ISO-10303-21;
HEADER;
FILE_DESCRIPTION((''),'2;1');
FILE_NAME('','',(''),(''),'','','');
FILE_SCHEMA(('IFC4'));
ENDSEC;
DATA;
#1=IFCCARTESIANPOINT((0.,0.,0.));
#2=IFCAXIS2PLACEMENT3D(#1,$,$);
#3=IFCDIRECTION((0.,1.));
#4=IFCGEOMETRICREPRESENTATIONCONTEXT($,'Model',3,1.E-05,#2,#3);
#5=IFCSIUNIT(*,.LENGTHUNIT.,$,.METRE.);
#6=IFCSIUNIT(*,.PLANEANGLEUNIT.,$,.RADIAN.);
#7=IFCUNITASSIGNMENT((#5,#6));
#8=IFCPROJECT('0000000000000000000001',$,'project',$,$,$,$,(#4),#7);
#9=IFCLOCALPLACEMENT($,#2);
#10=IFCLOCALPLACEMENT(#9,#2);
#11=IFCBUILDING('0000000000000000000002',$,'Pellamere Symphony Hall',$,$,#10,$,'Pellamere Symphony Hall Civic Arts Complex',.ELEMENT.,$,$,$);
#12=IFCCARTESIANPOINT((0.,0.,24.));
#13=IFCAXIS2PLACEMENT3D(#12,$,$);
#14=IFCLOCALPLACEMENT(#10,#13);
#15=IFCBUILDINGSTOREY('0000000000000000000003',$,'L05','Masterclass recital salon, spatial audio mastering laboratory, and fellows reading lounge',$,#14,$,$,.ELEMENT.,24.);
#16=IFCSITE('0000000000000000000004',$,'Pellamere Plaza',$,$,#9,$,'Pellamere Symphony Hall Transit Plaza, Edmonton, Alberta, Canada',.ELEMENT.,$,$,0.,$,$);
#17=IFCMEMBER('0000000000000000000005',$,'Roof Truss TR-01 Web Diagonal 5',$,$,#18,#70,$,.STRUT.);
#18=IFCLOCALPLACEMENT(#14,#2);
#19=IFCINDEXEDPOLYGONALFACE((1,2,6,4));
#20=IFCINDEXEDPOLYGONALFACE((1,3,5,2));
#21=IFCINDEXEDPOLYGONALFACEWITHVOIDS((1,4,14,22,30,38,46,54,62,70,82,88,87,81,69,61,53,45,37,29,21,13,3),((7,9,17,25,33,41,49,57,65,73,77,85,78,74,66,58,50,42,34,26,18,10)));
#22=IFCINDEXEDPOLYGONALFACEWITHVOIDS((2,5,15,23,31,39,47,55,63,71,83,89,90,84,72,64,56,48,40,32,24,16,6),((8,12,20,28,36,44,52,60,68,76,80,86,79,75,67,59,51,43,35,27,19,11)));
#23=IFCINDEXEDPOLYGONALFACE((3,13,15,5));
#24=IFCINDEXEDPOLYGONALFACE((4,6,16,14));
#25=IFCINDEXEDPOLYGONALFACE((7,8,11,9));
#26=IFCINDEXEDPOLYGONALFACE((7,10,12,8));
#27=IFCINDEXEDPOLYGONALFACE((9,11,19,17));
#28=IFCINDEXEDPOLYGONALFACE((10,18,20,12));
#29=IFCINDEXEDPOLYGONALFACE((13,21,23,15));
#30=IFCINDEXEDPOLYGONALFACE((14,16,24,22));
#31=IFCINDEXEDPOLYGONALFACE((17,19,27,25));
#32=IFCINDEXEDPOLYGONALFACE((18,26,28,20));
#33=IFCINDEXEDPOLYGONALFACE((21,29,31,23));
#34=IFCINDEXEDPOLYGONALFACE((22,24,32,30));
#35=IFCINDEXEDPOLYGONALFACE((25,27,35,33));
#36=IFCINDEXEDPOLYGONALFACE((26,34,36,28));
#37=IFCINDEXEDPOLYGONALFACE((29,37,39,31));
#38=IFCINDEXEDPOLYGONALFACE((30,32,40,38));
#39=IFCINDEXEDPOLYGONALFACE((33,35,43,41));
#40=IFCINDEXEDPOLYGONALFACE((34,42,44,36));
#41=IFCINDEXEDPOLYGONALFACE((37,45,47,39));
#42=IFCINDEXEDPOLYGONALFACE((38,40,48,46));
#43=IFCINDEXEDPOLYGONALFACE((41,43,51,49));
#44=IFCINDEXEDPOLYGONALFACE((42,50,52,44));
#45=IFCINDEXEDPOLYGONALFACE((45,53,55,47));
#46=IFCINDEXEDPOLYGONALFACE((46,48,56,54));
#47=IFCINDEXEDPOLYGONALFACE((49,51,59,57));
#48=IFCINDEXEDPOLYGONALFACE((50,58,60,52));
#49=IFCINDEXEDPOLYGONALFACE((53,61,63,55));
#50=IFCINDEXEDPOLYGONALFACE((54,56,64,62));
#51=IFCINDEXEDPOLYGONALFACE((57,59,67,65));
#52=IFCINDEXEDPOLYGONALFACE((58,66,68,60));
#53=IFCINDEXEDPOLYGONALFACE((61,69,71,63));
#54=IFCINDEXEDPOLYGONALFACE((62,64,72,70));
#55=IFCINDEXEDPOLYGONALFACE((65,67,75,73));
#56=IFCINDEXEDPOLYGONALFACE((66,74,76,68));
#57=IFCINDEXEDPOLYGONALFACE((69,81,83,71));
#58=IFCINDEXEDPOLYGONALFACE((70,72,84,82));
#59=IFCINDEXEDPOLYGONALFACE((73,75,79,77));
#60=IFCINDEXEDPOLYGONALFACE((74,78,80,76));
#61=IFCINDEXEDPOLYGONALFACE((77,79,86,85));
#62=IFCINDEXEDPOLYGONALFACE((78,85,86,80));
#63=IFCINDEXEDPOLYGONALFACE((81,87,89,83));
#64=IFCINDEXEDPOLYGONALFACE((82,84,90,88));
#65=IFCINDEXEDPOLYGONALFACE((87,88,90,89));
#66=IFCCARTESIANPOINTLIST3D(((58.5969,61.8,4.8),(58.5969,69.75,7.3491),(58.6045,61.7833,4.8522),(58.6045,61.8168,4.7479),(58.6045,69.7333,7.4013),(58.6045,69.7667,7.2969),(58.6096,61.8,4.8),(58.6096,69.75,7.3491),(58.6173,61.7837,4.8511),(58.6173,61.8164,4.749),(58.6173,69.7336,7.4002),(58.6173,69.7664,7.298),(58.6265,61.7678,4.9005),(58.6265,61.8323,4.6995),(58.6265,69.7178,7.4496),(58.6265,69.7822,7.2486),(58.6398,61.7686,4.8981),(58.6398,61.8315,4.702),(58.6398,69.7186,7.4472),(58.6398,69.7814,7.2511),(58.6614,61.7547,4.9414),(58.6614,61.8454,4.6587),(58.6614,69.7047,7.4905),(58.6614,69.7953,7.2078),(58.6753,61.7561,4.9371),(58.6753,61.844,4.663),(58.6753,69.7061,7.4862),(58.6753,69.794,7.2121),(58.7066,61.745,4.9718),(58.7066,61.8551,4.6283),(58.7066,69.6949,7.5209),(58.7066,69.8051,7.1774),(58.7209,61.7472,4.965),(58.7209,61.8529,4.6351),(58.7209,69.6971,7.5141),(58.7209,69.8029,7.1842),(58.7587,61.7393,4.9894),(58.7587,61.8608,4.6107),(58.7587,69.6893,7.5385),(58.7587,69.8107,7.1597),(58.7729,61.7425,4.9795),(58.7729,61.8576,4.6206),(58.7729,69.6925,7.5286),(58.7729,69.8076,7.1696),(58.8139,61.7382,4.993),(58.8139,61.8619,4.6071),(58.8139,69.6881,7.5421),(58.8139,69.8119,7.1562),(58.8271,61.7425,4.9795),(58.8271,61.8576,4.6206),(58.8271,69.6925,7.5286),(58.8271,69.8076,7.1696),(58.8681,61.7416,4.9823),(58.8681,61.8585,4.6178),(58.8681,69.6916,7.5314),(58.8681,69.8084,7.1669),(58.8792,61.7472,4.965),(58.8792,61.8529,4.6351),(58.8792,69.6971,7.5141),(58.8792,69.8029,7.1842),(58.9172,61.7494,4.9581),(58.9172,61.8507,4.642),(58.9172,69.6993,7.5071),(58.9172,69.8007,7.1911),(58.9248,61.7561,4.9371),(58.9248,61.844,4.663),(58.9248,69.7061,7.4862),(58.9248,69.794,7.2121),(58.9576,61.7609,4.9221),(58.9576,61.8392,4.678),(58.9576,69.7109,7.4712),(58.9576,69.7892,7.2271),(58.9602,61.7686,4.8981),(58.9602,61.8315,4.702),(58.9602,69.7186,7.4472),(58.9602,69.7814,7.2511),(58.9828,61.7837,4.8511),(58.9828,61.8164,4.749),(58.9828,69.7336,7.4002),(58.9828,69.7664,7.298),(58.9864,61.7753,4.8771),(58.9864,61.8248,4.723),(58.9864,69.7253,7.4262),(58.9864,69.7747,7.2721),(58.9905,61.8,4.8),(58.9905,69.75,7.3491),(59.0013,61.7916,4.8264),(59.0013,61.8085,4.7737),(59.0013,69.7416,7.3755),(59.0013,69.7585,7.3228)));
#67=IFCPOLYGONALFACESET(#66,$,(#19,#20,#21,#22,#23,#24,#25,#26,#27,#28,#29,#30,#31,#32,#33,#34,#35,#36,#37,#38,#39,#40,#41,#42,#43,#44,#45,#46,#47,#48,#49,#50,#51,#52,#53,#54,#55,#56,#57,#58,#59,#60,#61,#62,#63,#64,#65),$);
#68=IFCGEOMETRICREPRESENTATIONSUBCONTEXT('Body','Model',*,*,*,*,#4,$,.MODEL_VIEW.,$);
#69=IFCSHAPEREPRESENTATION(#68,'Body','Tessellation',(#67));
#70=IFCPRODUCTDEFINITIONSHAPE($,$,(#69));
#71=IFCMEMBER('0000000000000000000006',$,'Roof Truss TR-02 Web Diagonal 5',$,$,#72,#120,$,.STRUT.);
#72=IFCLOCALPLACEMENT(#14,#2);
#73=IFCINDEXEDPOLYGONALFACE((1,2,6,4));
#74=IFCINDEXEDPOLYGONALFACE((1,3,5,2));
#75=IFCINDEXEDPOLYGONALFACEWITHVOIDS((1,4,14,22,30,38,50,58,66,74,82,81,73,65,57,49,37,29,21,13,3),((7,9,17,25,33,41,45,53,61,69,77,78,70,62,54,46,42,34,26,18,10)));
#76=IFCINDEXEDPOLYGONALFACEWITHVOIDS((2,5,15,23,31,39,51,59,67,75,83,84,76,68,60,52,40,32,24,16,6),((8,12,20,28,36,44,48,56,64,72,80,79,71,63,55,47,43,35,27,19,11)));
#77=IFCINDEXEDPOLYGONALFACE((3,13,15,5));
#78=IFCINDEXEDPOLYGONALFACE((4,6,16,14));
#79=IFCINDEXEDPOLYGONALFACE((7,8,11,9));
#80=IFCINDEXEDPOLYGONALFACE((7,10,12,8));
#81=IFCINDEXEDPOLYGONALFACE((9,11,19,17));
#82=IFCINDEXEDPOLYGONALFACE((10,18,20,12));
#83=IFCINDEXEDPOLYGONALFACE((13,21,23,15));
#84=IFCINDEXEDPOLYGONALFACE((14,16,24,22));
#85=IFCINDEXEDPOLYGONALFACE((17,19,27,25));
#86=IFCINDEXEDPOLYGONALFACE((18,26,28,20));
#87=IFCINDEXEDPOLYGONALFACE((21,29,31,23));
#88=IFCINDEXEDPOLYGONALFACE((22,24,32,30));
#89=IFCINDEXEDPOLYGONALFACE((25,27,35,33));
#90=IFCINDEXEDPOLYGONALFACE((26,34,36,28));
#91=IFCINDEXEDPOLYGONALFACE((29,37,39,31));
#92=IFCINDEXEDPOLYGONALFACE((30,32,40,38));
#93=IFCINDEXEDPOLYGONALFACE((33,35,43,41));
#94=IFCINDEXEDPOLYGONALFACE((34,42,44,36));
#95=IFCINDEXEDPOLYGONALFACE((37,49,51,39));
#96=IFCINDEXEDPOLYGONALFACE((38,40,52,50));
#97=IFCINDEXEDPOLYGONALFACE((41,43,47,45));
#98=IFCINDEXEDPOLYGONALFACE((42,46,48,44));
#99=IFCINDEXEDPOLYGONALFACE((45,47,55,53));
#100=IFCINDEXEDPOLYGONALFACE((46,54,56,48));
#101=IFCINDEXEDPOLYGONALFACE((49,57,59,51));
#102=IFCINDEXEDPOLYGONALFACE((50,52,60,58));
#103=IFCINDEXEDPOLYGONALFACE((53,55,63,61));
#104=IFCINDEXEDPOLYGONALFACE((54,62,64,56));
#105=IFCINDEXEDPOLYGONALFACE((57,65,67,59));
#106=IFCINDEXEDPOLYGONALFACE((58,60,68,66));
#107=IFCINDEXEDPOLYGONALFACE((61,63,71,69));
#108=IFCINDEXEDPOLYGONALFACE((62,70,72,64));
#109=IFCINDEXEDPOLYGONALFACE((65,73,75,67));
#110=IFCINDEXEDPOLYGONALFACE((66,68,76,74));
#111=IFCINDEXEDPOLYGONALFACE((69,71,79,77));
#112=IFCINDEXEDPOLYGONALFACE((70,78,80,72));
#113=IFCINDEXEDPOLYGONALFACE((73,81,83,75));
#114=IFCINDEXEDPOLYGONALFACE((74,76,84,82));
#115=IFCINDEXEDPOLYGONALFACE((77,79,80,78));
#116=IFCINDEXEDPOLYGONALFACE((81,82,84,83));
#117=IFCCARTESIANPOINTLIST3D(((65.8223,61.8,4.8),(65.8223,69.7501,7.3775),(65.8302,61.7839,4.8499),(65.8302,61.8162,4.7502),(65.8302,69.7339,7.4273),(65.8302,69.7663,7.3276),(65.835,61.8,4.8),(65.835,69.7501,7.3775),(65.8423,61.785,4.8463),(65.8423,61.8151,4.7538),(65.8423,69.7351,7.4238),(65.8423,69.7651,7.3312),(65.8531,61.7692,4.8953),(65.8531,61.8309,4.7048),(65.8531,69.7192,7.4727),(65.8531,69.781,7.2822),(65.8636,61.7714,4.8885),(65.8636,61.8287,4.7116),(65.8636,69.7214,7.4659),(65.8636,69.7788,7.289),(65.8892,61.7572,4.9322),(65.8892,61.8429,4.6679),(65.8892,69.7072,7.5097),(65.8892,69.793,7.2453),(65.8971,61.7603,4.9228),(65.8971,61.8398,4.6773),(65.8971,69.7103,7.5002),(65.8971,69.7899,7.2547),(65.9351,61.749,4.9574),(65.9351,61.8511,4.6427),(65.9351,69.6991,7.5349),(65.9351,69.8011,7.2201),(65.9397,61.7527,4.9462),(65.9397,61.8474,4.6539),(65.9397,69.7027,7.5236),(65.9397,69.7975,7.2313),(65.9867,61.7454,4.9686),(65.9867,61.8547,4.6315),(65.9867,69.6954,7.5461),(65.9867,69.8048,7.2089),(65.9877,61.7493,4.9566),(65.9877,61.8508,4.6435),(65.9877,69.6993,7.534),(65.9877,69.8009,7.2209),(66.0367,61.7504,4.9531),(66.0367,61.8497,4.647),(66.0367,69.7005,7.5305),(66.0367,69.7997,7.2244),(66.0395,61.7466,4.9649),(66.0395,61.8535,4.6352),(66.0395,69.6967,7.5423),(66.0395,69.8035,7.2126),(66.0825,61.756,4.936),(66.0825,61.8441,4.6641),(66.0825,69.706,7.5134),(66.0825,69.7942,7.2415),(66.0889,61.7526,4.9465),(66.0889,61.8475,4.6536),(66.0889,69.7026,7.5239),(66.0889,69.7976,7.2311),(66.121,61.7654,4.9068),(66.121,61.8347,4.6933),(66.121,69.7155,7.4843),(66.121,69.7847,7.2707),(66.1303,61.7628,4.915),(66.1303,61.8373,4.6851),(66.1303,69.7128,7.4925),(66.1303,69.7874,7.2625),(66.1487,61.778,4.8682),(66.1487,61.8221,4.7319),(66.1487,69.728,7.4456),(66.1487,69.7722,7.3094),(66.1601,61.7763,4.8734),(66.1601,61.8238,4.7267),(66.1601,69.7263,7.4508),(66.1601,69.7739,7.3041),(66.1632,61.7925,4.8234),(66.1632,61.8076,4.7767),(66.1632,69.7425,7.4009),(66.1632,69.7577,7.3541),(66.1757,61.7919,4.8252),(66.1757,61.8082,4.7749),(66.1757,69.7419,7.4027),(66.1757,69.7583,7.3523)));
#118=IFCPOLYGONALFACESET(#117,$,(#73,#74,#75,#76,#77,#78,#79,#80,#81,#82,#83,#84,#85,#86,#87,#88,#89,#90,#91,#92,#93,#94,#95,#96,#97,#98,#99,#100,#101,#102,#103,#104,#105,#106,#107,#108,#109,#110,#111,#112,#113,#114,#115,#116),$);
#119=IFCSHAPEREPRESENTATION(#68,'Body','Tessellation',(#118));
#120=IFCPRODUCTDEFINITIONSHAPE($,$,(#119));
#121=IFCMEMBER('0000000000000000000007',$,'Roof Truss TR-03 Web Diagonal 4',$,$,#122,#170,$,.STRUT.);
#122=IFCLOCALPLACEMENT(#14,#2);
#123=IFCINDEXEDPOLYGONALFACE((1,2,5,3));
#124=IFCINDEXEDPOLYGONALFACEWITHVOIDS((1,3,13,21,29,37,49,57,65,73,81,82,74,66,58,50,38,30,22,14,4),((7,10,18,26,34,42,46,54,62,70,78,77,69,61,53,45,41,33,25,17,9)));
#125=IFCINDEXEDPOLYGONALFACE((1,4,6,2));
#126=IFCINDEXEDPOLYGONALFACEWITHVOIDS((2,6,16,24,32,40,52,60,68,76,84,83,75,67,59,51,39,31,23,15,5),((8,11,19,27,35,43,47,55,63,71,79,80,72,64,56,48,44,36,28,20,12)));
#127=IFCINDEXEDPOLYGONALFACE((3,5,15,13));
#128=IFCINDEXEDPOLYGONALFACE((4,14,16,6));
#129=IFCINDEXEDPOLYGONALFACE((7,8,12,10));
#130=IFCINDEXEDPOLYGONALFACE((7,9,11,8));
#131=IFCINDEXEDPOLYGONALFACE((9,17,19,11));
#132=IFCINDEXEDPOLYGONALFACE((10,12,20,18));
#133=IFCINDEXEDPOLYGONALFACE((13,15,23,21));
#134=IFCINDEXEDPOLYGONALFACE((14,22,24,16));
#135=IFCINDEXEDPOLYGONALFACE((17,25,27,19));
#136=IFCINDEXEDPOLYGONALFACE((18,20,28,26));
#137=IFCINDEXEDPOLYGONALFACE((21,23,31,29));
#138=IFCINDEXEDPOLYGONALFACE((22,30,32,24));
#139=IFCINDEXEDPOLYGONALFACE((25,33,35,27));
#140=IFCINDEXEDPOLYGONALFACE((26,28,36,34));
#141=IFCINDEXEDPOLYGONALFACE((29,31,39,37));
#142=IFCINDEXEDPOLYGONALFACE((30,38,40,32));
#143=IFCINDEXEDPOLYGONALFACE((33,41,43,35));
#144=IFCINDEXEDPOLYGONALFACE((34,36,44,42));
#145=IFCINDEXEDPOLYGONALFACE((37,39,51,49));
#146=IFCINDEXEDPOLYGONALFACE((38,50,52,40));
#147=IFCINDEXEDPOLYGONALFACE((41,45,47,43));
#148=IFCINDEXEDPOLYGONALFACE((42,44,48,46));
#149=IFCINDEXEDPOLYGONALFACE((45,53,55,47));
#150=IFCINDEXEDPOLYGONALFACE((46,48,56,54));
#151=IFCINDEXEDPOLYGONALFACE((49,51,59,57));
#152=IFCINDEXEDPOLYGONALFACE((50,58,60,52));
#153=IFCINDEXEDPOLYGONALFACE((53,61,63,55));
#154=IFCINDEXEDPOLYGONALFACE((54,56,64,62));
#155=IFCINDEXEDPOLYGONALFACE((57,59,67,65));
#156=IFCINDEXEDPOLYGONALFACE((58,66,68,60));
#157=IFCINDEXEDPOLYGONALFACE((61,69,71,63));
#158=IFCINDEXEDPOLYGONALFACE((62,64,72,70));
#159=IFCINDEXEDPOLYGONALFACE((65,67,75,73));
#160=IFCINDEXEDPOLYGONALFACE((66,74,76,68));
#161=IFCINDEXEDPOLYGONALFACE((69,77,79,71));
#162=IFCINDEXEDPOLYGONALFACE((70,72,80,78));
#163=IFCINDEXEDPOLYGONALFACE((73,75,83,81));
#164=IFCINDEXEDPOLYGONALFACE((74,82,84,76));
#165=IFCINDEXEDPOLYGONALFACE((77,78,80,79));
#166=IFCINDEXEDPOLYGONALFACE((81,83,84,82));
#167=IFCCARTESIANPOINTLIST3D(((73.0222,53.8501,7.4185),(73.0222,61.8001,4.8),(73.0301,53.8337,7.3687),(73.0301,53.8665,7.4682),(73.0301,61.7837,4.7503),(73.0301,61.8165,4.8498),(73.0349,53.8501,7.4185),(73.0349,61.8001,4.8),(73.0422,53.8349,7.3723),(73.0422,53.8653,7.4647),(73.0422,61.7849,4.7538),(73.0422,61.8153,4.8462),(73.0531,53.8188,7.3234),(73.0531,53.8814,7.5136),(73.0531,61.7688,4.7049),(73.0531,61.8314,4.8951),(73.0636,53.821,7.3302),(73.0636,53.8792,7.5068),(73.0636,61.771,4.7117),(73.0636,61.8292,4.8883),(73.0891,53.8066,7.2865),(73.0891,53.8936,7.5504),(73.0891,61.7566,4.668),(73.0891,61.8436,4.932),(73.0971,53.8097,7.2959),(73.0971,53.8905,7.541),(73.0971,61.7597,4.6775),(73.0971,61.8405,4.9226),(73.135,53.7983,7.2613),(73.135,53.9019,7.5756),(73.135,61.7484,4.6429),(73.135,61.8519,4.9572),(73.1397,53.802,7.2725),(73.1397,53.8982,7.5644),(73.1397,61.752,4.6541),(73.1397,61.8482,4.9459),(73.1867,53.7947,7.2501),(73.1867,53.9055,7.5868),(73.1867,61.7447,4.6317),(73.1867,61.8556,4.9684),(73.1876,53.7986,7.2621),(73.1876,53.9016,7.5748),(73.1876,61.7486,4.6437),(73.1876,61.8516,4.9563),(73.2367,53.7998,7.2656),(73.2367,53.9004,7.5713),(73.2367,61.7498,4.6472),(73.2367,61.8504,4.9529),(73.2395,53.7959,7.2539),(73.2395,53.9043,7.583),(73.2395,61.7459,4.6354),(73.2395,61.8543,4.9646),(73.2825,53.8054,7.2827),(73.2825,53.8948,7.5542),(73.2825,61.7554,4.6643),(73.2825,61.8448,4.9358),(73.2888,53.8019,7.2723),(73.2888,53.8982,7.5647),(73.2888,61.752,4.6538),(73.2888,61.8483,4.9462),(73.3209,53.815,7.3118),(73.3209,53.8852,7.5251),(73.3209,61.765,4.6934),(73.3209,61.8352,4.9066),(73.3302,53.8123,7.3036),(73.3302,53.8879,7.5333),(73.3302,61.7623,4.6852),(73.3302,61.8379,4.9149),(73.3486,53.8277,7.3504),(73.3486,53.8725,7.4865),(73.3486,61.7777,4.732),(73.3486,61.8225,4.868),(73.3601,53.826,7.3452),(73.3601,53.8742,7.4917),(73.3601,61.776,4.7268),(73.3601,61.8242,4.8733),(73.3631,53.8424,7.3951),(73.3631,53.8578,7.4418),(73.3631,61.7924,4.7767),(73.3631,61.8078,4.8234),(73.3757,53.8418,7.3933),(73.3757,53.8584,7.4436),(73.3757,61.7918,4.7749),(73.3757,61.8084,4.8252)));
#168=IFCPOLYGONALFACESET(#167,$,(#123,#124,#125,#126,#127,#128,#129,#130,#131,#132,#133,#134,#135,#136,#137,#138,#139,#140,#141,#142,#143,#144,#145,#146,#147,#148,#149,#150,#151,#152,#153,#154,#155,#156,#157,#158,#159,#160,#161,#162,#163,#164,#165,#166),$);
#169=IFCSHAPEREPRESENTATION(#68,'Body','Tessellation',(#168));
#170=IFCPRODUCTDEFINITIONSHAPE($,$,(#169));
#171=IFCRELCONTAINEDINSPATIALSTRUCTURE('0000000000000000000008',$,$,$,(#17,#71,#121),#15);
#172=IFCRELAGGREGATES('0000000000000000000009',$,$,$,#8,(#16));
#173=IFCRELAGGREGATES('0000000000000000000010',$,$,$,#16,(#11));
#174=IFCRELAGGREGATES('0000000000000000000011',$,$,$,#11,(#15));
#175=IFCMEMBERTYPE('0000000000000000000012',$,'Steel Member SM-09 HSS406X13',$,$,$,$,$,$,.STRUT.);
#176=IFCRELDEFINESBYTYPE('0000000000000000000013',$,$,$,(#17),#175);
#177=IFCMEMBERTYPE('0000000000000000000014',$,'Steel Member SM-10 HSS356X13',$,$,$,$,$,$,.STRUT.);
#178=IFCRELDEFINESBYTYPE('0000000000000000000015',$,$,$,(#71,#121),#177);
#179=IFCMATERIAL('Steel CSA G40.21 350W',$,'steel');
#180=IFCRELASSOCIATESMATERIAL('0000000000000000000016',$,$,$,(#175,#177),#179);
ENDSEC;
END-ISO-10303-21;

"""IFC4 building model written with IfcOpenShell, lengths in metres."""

from ifc_helpers import new_model, si_unit, direction, frame, origin, origin_2d, place, context, subcontext, project, spatial, hollow_circle, extrude, material, material_profile, profile_set, type_object, element, save


model = new_model("IFC4")

# Units and contexts
model_context = context("Model", 3, precision=1e-05, world=origin(), true_north=direction((0.0, 1.0)))
body_context = subcontext(model_context, "Body", "Model", "MODEL_VIEW")
ifc_project = project(units=[si_unit("LENGTHUNIT", "METRE"), si_unit("PLANEANGLEUNIT", "RADIAN")], contexts=[model_context])

# Site, building, storey
site_placement = place(None, origin())
site = spatial("IfcSite", under=ifc_project, at=site_placement, Name="Pellamere Plaza", LongName="Pellamere Symphony Hall Transit Plaza, Edmonton, Alberta, Canada", CompositionType="ELEMENT", RefElevation=0.0)
building_placement = place(site_placement, origin())
building = spatial("IfcBuilding", under=site, at=building_placement, Name="Pellamere Symphony Hall", LongName="Pellamere Symphony Hall Civic Arts Complex", CompositionType="ELEMENT")
storey_placement = place(building_placement, frame((0.0, 0.0, 24.0)))
storey = spatial("IfcBuildingStorey", under=building, at=storey_placement, Name="L05", Description="Masterclass recital salon, spatial audio mastering laboratory, and fellows reading lounge", CompositionType="ELEMENT", Elevation=24.0)

# Shared definitions
ifc_material_1 = material(Name="Steel CSA G40.21 350W", Category="steel")

# Members
ifc_material_profile_1 = material_profile(ifc_material_1, hollow_circle(Radius=0.2031, WallThickness=0.0127, at=origin_2d()), Name="HSS406X13")
ifc_profile_set_1 = profile_set([ifc_material_profile_1], Name="Steel CSA G40.21 350W")
member_type_1 = type_object("IfcMemberType", Name="Steel Member SM-09 HSS406X13", PredefinedType="STRUT", material=ifc_profile_set_1)
member_1_placement = place(storey_placement, frame((58.8, 61.8, 4.8), z_axis=(0.0, 0.952247, 0.305328), x_axis=(-1.0, 0.0, 0.0)))
element("IfcMember", 1, at=member_1_placement, inside=storey, type_object=member_type_1, Name="Roof Truss TR-01 Web Diagonal 5", PredefinedType="STRUT", context=body_context, shape_type="SweptSolid", body=[
    extrude(hollow_circle(Radius=0.2031, WallThickness=0.0127, at=origin_2d()), origin(), (0.0, 0.0, 1.0), 8.3486),
])
ifc_material_profile_2 = material_profile(ifc_material_1, hollow_circle(Radius=0.1777, WallThickness=0.0127, at=origin_2d()), Name="HSS356X13")
ifc_profile_set_2 = profile_set([ifc_material_profile_2], Name="Steel CSA G40.21 350W")
member_type_2 = type_object("IfcMemberType", Name="Steel Member SM-10 HSS356X13", PredefinedType="STRUT", material=ifc_profile_set_2)
member_2_placement = place(storey_placement, frame((66.0, 61.8, 4.8), z_axis=(0.0, 0.951257, 0.3084), x_axis=(-1.0, 0.0, 0.0)))
element("IfcMember", 2, at=member_2_placement, inside=storey, type_object=member_type_2, Name="Roof Truss TR-02 Web Diagonal 5", PredefinedType="STRUT", context=body_context, shape_type="SweptSolid", body=[
    extrude(hollow_circle(Radius=0.1777, WallThickness=0.0127, at=origin_2d()), origin(), (0.0, 0.0, 1.0), 8.3574),
])
member_3_placement = place(storey_placement, frame((73.2, 53.8501, 7.4185), z_axis=(0.0, 0.949809, -0.312831), x_axis=(-1.0, 0.0, 0.0)))
element("IfcMember", 3, at=member_3_placement, inside=storey, type_object=member_type_2, Name="Roof Truss TR-03 Web Diagonal 4", PredefinedType="STRUT", context=body_context, shape_type="SweptSolid", body=[
    extrude(hollow_circle(Radius=0.1777, WallThickness=0.0127, at=origin_2d()), origin(), (0.0, 0.0, 1.0), 8.3701),
])

save(model, "model.ifc")
